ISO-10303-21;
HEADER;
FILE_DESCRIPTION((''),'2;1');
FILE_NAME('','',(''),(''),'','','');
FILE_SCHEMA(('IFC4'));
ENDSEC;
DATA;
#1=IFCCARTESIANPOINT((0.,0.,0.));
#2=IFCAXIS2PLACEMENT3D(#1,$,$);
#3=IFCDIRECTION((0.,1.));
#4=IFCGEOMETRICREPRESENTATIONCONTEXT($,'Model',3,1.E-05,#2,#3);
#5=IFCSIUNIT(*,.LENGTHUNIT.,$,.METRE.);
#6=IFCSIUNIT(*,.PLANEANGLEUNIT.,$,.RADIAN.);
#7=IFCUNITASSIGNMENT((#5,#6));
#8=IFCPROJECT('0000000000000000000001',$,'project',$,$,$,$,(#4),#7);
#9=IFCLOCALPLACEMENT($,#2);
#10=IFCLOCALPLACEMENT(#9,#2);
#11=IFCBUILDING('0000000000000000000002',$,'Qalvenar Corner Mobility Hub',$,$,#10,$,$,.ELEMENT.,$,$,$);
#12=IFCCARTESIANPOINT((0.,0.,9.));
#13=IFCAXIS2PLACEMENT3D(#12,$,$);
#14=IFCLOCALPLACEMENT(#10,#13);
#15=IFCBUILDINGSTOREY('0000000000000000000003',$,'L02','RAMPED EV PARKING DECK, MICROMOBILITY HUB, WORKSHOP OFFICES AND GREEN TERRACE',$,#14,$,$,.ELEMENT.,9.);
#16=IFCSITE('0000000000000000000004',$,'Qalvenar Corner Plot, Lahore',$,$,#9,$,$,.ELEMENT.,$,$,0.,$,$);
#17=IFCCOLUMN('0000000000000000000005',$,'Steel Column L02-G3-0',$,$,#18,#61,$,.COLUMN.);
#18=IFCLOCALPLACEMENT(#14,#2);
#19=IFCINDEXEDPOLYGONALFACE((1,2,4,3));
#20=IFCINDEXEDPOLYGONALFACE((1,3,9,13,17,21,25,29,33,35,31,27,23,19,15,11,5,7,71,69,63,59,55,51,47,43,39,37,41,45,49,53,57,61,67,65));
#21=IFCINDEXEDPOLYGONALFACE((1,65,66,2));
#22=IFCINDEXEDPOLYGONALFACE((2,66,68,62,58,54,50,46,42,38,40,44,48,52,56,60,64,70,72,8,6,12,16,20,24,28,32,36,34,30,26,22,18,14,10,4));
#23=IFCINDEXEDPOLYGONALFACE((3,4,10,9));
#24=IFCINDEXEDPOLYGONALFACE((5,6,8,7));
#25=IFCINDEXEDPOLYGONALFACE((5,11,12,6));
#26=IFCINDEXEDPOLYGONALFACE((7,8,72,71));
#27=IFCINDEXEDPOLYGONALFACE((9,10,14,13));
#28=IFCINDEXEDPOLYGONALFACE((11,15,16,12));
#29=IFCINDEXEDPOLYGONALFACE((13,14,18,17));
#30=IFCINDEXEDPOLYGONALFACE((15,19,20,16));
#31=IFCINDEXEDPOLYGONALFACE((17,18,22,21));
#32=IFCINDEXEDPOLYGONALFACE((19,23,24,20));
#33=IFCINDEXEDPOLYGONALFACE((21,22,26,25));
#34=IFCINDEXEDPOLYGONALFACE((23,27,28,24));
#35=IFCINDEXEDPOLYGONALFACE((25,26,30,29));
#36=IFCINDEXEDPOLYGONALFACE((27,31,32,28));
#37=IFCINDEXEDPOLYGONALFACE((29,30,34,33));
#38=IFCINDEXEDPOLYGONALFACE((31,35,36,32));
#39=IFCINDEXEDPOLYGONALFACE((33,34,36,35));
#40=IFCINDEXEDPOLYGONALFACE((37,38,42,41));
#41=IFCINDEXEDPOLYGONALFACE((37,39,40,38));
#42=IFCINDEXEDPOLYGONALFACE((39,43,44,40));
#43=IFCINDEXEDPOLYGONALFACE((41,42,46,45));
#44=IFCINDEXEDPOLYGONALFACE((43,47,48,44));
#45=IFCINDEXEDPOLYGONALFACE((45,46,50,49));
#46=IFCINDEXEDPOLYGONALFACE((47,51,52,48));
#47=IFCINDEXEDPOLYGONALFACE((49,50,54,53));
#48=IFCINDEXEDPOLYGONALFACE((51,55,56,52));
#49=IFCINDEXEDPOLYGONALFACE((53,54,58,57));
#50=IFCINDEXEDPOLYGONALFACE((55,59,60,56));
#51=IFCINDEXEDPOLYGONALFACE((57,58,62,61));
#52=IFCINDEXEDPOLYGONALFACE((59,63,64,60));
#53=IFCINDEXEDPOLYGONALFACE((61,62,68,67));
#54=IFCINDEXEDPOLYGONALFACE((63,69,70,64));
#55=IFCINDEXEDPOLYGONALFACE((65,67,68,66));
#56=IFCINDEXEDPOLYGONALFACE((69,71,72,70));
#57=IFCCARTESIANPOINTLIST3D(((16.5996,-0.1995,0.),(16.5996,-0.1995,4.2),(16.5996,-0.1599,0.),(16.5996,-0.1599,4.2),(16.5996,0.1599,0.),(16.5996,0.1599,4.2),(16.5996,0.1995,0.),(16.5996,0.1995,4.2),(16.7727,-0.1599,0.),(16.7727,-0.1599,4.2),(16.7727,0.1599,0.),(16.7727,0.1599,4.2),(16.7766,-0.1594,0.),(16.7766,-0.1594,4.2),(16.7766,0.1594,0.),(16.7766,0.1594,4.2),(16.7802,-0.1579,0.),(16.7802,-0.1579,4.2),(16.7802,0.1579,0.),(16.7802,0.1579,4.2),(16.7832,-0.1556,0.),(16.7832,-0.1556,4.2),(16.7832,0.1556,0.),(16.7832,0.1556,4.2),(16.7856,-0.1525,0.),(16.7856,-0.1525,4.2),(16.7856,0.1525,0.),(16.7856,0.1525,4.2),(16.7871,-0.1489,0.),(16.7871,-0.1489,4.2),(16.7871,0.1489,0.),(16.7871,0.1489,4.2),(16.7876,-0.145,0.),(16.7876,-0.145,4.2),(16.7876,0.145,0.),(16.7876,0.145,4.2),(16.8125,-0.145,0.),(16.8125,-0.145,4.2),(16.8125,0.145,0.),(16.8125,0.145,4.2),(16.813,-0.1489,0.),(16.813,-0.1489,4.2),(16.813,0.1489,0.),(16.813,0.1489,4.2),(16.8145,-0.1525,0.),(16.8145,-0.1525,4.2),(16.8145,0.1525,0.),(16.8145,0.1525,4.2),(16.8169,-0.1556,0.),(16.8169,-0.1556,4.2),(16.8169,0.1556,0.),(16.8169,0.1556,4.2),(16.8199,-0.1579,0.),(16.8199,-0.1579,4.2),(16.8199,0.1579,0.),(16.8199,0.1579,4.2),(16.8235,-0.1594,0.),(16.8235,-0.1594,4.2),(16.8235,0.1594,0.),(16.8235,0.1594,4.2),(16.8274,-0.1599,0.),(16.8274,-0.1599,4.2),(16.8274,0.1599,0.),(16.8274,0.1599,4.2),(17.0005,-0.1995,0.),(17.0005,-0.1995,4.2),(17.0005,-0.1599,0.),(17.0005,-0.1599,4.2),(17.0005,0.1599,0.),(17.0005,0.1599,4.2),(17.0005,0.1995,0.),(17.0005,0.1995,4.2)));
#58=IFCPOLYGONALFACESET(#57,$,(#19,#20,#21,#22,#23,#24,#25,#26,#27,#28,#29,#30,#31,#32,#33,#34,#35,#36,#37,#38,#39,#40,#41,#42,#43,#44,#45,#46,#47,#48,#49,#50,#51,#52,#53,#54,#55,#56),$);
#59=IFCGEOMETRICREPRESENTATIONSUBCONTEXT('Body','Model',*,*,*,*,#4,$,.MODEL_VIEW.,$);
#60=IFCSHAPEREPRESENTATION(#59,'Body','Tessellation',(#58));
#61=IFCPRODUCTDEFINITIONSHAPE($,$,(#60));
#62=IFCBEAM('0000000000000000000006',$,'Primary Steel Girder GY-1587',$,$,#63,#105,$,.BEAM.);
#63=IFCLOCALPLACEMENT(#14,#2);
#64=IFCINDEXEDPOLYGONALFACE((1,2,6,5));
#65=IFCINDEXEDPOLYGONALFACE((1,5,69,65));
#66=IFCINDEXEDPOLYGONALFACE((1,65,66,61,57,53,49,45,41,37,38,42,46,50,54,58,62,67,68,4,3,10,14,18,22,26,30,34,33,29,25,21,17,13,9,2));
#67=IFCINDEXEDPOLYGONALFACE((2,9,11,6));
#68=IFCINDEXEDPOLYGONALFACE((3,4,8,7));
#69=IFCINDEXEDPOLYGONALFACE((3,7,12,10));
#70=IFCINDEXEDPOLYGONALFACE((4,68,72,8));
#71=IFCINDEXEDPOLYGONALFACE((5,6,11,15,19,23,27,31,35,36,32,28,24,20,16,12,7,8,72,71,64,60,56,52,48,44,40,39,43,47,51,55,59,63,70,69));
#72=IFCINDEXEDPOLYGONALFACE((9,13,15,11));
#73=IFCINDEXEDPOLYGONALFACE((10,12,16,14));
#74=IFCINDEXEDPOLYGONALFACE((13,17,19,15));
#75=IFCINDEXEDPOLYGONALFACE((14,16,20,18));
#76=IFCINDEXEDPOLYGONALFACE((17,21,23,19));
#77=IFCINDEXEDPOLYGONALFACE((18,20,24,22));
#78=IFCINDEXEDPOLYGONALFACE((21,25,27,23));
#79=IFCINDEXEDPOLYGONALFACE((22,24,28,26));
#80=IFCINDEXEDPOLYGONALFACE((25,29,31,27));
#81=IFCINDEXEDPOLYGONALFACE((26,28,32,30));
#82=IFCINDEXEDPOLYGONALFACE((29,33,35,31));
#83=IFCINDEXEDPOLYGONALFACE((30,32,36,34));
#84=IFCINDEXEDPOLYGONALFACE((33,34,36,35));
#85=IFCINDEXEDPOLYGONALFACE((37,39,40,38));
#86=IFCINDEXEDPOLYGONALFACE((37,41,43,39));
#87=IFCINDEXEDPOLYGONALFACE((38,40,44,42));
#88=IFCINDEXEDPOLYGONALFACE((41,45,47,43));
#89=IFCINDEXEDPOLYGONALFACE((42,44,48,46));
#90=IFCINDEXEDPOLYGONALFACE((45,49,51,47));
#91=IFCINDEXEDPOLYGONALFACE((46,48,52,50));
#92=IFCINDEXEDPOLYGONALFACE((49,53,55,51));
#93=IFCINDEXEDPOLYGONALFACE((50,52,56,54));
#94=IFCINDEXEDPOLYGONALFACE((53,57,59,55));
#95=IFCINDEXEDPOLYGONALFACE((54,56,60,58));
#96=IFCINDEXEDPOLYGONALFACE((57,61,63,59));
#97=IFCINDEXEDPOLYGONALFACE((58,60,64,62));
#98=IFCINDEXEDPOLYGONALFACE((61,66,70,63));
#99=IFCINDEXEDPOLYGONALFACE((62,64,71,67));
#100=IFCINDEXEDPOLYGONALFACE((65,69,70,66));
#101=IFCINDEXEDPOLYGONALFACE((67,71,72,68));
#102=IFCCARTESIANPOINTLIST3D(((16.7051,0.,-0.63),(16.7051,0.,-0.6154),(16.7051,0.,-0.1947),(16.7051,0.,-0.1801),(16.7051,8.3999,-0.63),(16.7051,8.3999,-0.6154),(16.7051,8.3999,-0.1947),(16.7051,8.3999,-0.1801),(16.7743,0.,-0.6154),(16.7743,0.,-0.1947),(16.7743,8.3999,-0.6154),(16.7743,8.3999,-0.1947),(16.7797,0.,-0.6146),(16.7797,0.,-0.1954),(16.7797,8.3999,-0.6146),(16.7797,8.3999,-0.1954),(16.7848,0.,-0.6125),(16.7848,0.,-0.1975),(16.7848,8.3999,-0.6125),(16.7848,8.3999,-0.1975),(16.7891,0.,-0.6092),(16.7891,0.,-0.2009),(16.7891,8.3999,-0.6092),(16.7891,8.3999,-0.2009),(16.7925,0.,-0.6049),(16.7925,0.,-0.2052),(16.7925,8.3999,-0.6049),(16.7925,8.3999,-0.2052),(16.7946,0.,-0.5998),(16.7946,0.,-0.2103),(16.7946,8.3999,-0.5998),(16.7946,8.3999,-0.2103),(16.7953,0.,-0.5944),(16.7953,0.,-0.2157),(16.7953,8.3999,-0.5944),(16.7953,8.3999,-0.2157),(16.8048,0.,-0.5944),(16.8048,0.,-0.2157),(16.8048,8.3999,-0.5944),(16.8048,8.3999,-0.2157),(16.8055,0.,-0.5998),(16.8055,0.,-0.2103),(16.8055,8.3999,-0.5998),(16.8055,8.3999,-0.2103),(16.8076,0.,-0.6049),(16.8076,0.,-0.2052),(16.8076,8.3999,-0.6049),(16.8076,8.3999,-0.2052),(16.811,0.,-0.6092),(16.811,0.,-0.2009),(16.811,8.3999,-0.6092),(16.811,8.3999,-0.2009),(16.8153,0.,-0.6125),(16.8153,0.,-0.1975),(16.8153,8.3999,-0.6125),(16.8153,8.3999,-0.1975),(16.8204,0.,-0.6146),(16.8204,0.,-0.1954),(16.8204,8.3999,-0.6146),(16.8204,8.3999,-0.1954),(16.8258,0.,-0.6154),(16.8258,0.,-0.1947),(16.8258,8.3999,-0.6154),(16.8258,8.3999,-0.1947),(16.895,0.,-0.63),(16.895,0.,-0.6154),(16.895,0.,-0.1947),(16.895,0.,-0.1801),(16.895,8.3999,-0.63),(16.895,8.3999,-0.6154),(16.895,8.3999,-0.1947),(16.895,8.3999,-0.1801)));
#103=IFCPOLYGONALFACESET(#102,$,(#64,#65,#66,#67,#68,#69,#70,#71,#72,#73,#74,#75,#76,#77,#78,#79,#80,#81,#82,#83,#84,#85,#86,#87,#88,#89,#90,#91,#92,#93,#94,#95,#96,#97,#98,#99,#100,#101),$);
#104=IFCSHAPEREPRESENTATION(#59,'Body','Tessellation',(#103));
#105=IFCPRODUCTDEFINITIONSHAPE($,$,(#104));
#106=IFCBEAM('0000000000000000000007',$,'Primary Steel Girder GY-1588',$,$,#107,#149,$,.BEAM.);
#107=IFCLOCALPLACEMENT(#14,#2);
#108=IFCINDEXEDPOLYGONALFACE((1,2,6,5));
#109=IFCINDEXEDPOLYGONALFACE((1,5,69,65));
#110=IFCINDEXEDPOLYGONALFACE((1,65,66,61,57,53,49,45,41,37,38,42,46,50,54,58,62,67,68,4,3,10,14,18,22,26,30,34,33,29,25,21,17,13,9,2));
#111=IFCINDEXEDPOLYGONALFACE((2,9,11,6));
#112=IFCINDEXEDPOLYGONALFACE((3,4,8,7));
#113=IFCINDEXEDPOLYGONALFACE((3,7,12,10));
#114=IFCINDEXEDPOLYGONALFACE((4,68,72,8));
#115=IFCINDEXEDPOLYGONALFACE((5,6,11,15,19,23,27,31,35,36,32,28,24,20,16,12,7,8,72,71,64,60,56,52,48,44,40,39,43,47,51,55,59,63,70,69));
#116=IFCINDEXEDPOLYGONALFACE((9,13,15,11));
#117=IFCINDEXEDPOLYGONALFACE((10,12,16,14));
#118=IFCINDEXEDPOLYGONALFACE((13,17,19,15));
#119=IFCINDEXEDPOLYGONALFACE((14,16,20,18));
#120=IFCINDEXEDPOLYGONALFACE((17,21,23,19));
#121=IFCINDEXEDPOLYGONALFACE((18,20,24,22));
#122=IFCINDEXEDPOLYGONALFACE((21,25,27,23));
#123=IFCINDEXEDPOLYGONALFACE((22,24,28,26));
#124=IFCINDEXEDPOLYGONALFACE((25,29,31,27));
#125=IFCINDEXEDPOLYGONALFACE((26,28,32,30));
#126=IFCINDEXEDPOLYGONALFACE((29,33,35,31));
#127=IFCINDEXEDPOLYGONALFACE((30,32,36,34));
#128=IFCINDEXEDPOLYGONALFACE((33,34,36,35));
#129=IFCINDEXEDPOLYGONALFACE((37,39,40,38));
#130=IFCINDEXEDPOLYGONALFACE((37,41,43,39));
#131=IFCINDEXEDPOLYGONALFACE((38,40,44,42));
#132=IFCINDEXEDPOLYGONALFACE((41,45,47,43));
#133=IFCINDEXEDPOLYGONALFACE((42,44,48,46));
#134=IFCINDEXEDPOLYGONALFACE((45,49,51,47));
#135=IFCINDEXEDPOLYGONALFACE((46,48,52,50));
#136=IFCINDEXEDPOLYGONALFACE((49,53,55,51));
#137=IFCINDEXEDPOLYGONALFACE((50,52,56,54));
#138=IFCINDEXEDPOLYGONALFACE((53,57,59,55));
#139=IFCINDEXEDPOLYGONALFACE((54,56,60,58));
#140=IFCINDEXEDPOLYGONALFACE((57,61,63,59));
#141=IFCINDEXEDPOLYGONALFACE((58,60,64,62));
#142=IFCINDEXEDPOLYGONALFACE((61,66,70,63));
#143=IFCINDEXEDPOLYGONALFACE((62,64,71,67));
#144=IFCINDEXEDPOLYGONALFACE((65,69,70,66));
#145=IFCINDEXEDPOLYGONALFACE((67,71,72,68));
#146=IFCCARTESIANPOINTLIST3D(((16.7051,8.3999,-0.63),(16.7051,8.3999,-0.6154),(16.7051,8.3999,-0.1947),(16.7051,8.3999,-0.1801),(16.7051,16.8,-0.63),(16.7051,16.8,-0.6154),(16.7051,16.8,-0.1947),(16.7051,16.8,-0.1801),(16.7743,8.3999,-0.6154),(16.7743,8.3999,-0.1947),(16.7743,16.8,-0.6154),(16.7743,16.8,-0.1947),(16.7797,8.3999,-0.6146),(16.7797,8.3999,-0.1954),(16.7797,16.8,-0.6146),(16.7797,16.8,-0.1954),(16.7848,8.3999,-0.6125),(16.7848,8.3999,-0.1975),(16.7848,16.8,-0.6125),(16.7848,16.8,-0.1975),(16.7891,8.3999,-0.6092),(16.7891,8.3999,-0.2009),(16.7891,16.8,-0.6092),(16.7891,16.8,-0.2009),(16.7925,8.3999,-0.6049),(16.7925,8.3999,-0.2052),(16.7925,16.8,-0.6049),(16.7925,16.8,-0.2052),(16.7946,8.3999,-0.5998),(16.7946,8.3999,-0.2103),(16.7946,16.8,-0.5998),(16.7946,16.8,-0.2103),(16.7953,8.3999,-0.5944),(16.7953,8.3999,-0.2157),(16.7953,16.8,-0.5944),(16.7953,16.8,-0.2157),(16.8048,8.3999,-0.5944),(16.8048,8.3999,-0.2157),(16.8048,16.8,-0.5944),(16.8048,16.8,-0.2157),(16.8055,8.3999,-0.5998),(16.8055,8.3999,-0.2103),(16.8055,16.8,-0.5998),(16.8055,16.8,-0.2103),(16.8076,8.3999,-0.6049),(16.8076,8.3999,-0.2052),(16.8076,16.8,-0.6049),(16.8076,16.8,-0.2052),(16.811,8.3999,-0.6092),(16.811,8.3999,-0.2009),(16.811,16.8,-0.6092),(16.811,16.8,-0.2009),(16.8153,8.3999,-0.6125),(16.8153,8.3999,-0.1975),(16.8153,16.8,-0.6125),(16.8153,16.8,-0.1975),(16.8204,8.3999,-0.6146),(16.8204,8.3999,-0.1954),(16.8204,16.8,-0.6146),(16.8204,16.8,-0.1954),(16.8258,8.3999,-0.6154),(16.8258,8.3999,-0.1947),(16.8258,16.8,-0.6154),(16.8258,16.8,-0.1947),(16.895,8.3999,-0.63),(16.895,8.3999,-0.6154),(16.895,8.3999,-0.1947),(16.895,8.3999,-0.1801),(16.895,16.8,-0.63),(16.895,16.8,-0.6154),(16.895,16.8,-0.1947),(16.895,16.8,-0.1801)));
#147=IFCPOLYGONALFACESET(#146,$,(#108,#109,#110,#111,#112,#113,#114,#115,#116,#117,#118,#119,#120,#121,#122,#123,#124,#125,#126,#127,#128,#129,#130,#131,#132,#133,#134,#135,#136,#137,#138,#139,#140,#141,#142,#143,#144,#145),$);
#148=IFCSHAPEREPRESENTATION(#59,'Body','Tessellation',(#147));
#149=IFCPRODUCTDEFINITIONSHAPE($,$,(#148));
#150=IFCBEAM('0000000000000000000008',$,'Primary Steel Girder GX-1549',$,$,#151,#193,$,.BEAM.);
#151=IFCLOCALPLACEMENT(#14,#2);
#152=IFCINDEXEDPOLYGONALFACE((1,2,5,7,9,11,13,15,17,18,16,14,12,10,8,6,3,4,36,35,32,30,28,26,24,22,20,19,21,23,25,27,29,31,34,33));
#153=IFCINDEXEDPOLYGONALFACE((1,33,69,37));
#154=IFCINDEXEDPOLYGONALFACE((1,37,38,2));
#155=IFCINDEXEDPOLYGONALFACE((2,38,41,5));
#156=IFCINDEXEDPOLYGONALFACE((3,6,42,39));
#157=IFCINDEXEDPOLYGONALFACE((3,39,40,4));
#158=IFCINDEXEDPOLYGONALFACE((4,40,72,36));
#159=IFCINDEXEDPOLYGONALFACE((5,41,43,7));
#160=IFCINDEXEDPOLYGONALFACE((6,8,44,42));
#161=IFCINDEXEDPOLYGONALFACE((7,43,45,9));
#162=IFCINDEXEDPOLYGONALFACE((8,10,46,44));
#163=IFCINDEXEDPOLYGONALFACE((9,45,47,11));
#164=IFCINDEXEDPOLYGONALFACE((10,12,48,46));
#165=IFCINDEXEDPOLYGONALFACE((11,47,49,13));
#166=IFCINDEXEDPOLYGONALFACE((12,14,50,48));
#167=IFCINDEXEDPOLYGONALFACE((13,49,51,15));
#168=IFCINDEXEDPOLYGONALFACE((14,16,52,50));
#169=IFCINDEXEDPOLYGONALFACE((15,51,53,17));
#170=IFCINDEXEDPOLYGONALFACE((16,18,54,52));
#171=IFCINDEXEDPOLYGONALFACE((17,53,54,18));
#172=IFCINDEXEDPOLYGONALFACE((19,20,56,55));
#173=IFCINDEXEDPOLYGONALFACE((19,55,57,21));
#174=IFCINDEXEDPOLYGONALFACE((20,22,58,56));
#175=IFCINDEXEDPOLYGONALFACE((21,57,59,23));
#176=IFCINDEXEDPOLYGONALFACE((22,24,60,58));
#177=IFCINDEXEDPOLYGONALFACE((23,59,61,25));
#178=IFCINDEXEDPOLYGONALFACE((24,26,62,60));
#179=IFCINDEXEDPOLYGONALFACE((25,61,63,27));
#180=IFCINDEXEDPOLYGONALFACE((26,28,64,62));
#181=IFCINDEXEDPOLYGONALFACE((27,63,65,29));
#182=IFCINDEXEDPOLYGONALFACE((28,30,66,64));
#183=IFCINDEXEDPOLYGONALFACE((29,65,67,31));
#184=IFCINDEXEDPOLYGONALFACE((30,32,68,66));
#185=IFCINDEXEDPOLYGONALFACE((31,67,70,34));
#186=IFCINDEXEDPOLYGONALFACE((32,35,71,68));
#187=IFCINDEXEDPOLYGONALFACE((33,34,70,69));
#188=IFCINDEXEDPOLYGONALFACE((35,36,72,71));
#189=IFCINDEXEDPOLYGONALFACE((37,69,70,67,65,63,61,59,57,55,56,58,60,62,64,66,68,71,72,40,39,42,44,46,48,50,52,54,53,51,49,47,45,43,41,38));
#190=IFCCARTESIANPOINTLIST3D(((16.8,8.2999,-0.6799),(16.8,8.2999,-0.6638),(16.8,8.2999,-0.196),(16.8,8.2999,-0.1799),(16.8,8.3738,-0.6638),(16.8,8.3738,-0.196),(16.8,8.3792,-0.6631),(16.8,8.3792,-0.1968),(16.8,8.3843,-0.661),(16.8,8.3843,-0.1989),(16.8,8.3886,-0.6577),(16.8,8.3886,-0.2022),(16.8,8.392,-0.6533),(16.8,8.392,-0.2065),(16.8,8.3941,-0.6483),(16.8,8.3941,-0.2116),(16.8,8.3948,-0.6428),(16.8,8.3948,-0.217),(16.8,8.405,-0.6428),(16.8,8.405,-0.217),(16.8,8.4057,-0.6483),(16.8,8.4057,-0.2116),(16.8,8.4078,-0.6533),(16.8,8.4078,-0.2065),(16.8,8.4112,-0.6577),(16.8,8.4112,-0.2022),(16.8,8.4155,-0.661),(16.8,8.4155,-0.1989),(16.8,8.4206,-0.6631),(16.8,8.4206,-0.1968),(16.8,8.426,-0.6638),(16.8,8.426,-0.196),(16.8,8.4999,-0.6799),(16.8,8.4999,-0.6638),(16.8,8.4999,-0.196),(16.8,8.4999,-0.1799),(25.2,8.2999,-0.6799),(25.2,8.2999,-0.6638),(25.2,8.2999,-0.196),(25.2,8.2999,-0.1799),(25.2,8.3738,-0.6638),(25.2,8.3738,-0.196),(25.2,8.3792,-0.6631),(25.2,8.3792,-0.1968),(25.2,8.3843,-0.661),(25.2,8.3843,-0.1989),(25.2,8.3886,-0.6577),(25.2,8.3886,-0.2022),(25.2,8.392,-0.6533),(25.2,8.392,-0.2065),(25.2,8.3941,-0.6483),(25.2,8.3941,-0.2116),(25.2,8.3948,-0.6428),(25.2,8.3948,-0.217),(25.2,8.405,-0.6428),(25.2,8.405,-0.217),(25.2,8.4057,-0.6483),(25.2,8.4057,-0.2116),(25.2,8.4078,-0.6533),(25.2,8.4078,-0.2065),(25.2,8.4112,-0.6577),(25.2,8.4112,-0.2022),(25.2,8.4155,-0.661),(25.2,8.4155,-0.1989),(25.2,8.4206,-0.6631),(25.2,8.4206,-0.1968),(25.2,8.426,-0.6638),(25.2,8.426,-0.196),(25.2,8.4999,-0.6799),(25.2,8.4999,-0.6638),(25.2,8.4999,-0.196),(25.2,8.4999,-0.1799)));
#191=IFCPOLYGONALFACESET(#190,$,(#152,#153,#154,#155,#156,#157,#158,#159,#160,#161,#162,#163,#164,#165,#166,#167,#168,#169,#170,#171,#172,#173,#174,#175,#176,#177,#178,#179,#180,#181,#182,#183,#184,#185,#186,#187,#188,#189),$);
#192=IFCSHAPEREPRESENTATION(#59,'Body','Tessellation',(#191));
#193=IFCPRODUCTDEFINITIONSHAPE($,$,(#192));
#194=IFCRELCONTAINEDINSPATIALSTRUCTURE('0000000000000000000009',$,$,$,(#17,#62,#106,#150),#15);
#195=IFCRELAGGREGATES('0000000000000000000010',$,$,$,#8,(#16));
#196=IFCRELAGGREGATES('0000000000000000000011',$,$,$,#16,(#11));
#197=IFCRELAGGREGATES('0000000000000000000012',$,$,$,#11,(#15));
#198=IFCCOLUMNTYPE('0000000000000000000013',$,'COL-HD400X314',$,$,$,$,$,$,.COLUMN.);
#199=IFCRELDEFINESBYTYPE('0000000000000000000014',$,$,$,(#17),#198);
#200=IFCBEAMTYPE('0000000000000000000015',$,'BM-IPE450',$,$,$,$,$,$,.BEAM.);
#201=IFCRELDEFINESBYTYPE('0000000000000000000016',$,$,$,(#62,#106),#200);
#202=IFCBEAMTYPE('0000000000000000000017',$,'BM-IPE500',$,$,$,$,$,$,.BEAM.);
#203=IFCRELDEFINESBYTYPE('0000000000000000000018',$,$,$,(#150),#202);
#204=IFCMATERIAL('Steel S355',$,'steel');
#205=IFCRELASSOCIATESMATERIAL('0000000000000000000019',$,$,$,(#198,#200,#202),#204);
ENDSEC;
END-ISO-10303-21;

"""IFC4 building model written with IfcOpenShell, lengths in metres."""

from ifc_helpers import new_model, si_unit, direction, frame, origin, origin_2d, place, context, subcontext, project, spatial, i_section, extrude, material, material_profile, profile_set, type_object, element, save


model = new_model("IFC4")

# Units and contexts
model_context = context("Model", 3, precision=1e-05, world=origin(), true_north=direction((0.0, 1.0)))
body_context = subcontext(model_context, "Body", "Model", "MODEL_VIEW")
ifc_project = project(units=[si_unit("LENGTHUNIT", "METRE"), si_unit("PLANEANGLEUNIT", "RADIAN")], contexts=[model_context])

# Site, building, storey
site_placement = place(None, origin())
site = spatial("IfcSite", under=ifc_project, at=site_placement, Name="Qalvenar Corner Plot, Lahore", CompositionType="ELEMENT", RefElevation=0.0)
building_placement = place(site_placement, origin())
building = spatial("IfcBuilding", under=site, at=building_placement, Name="Qalvenar Corner Mobility Hub", CompositionType="ELEMENT")
storey_placement = place(building_placement, frame((0.0, 0.0, 9.0)))
storey = spatial("IfcBuildingStorey", under=building, at=storey_placement, Name="L02", Description="RAMPED EV PARKING DECK, MICROMOBILITY HUB, WORKSHOP OFFICES AND GREEN TERRACE", CompositionType="ELEMENT", Elevation=9.0)

# Column
ifc_material_1 = material(Name="Steel S355", Category="steel")
ifc_material_profile_1 = material_profile(ifc_material_1, i_section(OverallWidth=0.4009, OverallDepth=0.3989, WebThickness=0.0249, FlangeThickness=0.0396, FilletRadius=0.0149, at=origin_2d()), Name="HD400x314")
ifc_profile_set_1 = profile_set([ifc_material_profile_1], Name="Steel S355")
column_type = type_object("IfcColumnType", Name="COL-HD400X314", PredefinedType="COLUMN", material=ifc_profile_set_1)
column_placement = place(storey_placement, frame((16.8, 0.0, 0.0), z_axis=(0.0, 0.0, 1.0), x_axis=(1.0, 0.0, 0.0)))
element("IfcColumn", 1, at=column_placement, inside=storey, type_object=column_type, Name="Steel Column L02-G3-0", PredefinedType="COLUMN", context=body_context, shape_type="SweptSolid", body=[
    extrude(i_section(OverallWidth=0.4009, OverallDepth=0.3989, WebThickness=0.0249, FlangeThickness=0.0396, FilletRadius=0.0149, at=origin_2d()), origin(), (0.0, 0.0, 1.0), 4.2),
])

# Beams
ifc_material_profile_2 = material_profile(ifc_material_1, i_section(OverallWidth=0.1899, OverallDepth=0.45, WebThickness=0.0095, FlangeThickness=0.0146, FilletRadius=0.021, at=origin_2d()), Name="IPE450")
ifc_profile_set_2 = profile_set([ifc_material_profile_2], Name="Steel S355")
beam_type_1 = type_object("IfcBeamType", Name="BM-IPE450", PredefinedType="BEAM", material=ifc_profile_set_2)
beam_1_placement = place(storey_placement, frame((16.8, 0.0, -0.405), z_axis=(0.0, 1.0, 0.0), x_axis=(-1.0, 0.0, 0.0)))
element("IfcBeam", 2, at=beam_1_placement, inside=storey, type_object=beam_type_1, Name="Primary Steel Girder GY-1587", PredefinedType="BEAM", context=body_context, shape_type="SweptSolid", body=[
    extrude(i_section(OverallWidth=0.1899, OverallDepth=0.45, WebThickness=0.0095, FlangeThickness=0.0146, FilletRadius=0.021, at=origin_2d()), origin(), (0.0, 0.0, 1.0), 8.3999),
])
beam_2_placement = place(storey_placement, frame((16.8, 8.3999, -0.405), z_axis=(0.0, 1.0, 0.0), x_axis=(-1.0, 0.0, 0.0)))
element("IfcBeam", 3, at=beam_2_placement, inside=storey, type_object=beam_type_1, Name="Primary Steel Girder GY-1588", PredefinedType="BEAM", context=body_context, shape_type="SweptSolid", body=[
    extrude(i_section(OverallWidth=0.1899, OverallDepth=0.45, WebThickness=0.0095, FlangeThickness=0.0146, FilletRadius=0.021, at=origin_2d()), origin(), (0.0, 0.0, 1.0), 8.4001),
])
ifc_material_profile_3 = material_profile(ifc_material_1, i_section(OverallWidth=0.2, OverallDepth=0.5, WebThickness=0.0103, FlangeThickness=0.0161, FilletRadius=0.021, at=origin_2d()), Name="IPE500")
ifc_profile_set_3 = profile_set([ifc_material_profile_3], Name="Steel S355")
beam_type_2 = type_object("IfcBeamType", Name="BM-IPE500", PredefinedType="BEAM", material=ifc_profile_set_3)
beam_3_placement = place(storey_placement, frame((16.8, 8.3999, -0.4299), z_axis=(1.0, 0.0, 0.0), x_axis=(0.0, 1.0, 0.0)))
element("IfcBeam", 4, at=beam_3_placement, inside=storey, type_object=beam_type_2, Name="Primary Steel Girder GX-1549", PredefinedType="BEAM", context=body_context, shape_type="SweptSolid", body=[
    extrude(i_section(OverallWidth=0.2, OverallDepth=0.5, WebThickness=0.0103, FlangeThickness=0.0161, FilletRadius=0.021, at=origin_2d()), origin(), (0.0, 0.0, 1.0), 8.3999),
])

save(model, "model.ifc")
